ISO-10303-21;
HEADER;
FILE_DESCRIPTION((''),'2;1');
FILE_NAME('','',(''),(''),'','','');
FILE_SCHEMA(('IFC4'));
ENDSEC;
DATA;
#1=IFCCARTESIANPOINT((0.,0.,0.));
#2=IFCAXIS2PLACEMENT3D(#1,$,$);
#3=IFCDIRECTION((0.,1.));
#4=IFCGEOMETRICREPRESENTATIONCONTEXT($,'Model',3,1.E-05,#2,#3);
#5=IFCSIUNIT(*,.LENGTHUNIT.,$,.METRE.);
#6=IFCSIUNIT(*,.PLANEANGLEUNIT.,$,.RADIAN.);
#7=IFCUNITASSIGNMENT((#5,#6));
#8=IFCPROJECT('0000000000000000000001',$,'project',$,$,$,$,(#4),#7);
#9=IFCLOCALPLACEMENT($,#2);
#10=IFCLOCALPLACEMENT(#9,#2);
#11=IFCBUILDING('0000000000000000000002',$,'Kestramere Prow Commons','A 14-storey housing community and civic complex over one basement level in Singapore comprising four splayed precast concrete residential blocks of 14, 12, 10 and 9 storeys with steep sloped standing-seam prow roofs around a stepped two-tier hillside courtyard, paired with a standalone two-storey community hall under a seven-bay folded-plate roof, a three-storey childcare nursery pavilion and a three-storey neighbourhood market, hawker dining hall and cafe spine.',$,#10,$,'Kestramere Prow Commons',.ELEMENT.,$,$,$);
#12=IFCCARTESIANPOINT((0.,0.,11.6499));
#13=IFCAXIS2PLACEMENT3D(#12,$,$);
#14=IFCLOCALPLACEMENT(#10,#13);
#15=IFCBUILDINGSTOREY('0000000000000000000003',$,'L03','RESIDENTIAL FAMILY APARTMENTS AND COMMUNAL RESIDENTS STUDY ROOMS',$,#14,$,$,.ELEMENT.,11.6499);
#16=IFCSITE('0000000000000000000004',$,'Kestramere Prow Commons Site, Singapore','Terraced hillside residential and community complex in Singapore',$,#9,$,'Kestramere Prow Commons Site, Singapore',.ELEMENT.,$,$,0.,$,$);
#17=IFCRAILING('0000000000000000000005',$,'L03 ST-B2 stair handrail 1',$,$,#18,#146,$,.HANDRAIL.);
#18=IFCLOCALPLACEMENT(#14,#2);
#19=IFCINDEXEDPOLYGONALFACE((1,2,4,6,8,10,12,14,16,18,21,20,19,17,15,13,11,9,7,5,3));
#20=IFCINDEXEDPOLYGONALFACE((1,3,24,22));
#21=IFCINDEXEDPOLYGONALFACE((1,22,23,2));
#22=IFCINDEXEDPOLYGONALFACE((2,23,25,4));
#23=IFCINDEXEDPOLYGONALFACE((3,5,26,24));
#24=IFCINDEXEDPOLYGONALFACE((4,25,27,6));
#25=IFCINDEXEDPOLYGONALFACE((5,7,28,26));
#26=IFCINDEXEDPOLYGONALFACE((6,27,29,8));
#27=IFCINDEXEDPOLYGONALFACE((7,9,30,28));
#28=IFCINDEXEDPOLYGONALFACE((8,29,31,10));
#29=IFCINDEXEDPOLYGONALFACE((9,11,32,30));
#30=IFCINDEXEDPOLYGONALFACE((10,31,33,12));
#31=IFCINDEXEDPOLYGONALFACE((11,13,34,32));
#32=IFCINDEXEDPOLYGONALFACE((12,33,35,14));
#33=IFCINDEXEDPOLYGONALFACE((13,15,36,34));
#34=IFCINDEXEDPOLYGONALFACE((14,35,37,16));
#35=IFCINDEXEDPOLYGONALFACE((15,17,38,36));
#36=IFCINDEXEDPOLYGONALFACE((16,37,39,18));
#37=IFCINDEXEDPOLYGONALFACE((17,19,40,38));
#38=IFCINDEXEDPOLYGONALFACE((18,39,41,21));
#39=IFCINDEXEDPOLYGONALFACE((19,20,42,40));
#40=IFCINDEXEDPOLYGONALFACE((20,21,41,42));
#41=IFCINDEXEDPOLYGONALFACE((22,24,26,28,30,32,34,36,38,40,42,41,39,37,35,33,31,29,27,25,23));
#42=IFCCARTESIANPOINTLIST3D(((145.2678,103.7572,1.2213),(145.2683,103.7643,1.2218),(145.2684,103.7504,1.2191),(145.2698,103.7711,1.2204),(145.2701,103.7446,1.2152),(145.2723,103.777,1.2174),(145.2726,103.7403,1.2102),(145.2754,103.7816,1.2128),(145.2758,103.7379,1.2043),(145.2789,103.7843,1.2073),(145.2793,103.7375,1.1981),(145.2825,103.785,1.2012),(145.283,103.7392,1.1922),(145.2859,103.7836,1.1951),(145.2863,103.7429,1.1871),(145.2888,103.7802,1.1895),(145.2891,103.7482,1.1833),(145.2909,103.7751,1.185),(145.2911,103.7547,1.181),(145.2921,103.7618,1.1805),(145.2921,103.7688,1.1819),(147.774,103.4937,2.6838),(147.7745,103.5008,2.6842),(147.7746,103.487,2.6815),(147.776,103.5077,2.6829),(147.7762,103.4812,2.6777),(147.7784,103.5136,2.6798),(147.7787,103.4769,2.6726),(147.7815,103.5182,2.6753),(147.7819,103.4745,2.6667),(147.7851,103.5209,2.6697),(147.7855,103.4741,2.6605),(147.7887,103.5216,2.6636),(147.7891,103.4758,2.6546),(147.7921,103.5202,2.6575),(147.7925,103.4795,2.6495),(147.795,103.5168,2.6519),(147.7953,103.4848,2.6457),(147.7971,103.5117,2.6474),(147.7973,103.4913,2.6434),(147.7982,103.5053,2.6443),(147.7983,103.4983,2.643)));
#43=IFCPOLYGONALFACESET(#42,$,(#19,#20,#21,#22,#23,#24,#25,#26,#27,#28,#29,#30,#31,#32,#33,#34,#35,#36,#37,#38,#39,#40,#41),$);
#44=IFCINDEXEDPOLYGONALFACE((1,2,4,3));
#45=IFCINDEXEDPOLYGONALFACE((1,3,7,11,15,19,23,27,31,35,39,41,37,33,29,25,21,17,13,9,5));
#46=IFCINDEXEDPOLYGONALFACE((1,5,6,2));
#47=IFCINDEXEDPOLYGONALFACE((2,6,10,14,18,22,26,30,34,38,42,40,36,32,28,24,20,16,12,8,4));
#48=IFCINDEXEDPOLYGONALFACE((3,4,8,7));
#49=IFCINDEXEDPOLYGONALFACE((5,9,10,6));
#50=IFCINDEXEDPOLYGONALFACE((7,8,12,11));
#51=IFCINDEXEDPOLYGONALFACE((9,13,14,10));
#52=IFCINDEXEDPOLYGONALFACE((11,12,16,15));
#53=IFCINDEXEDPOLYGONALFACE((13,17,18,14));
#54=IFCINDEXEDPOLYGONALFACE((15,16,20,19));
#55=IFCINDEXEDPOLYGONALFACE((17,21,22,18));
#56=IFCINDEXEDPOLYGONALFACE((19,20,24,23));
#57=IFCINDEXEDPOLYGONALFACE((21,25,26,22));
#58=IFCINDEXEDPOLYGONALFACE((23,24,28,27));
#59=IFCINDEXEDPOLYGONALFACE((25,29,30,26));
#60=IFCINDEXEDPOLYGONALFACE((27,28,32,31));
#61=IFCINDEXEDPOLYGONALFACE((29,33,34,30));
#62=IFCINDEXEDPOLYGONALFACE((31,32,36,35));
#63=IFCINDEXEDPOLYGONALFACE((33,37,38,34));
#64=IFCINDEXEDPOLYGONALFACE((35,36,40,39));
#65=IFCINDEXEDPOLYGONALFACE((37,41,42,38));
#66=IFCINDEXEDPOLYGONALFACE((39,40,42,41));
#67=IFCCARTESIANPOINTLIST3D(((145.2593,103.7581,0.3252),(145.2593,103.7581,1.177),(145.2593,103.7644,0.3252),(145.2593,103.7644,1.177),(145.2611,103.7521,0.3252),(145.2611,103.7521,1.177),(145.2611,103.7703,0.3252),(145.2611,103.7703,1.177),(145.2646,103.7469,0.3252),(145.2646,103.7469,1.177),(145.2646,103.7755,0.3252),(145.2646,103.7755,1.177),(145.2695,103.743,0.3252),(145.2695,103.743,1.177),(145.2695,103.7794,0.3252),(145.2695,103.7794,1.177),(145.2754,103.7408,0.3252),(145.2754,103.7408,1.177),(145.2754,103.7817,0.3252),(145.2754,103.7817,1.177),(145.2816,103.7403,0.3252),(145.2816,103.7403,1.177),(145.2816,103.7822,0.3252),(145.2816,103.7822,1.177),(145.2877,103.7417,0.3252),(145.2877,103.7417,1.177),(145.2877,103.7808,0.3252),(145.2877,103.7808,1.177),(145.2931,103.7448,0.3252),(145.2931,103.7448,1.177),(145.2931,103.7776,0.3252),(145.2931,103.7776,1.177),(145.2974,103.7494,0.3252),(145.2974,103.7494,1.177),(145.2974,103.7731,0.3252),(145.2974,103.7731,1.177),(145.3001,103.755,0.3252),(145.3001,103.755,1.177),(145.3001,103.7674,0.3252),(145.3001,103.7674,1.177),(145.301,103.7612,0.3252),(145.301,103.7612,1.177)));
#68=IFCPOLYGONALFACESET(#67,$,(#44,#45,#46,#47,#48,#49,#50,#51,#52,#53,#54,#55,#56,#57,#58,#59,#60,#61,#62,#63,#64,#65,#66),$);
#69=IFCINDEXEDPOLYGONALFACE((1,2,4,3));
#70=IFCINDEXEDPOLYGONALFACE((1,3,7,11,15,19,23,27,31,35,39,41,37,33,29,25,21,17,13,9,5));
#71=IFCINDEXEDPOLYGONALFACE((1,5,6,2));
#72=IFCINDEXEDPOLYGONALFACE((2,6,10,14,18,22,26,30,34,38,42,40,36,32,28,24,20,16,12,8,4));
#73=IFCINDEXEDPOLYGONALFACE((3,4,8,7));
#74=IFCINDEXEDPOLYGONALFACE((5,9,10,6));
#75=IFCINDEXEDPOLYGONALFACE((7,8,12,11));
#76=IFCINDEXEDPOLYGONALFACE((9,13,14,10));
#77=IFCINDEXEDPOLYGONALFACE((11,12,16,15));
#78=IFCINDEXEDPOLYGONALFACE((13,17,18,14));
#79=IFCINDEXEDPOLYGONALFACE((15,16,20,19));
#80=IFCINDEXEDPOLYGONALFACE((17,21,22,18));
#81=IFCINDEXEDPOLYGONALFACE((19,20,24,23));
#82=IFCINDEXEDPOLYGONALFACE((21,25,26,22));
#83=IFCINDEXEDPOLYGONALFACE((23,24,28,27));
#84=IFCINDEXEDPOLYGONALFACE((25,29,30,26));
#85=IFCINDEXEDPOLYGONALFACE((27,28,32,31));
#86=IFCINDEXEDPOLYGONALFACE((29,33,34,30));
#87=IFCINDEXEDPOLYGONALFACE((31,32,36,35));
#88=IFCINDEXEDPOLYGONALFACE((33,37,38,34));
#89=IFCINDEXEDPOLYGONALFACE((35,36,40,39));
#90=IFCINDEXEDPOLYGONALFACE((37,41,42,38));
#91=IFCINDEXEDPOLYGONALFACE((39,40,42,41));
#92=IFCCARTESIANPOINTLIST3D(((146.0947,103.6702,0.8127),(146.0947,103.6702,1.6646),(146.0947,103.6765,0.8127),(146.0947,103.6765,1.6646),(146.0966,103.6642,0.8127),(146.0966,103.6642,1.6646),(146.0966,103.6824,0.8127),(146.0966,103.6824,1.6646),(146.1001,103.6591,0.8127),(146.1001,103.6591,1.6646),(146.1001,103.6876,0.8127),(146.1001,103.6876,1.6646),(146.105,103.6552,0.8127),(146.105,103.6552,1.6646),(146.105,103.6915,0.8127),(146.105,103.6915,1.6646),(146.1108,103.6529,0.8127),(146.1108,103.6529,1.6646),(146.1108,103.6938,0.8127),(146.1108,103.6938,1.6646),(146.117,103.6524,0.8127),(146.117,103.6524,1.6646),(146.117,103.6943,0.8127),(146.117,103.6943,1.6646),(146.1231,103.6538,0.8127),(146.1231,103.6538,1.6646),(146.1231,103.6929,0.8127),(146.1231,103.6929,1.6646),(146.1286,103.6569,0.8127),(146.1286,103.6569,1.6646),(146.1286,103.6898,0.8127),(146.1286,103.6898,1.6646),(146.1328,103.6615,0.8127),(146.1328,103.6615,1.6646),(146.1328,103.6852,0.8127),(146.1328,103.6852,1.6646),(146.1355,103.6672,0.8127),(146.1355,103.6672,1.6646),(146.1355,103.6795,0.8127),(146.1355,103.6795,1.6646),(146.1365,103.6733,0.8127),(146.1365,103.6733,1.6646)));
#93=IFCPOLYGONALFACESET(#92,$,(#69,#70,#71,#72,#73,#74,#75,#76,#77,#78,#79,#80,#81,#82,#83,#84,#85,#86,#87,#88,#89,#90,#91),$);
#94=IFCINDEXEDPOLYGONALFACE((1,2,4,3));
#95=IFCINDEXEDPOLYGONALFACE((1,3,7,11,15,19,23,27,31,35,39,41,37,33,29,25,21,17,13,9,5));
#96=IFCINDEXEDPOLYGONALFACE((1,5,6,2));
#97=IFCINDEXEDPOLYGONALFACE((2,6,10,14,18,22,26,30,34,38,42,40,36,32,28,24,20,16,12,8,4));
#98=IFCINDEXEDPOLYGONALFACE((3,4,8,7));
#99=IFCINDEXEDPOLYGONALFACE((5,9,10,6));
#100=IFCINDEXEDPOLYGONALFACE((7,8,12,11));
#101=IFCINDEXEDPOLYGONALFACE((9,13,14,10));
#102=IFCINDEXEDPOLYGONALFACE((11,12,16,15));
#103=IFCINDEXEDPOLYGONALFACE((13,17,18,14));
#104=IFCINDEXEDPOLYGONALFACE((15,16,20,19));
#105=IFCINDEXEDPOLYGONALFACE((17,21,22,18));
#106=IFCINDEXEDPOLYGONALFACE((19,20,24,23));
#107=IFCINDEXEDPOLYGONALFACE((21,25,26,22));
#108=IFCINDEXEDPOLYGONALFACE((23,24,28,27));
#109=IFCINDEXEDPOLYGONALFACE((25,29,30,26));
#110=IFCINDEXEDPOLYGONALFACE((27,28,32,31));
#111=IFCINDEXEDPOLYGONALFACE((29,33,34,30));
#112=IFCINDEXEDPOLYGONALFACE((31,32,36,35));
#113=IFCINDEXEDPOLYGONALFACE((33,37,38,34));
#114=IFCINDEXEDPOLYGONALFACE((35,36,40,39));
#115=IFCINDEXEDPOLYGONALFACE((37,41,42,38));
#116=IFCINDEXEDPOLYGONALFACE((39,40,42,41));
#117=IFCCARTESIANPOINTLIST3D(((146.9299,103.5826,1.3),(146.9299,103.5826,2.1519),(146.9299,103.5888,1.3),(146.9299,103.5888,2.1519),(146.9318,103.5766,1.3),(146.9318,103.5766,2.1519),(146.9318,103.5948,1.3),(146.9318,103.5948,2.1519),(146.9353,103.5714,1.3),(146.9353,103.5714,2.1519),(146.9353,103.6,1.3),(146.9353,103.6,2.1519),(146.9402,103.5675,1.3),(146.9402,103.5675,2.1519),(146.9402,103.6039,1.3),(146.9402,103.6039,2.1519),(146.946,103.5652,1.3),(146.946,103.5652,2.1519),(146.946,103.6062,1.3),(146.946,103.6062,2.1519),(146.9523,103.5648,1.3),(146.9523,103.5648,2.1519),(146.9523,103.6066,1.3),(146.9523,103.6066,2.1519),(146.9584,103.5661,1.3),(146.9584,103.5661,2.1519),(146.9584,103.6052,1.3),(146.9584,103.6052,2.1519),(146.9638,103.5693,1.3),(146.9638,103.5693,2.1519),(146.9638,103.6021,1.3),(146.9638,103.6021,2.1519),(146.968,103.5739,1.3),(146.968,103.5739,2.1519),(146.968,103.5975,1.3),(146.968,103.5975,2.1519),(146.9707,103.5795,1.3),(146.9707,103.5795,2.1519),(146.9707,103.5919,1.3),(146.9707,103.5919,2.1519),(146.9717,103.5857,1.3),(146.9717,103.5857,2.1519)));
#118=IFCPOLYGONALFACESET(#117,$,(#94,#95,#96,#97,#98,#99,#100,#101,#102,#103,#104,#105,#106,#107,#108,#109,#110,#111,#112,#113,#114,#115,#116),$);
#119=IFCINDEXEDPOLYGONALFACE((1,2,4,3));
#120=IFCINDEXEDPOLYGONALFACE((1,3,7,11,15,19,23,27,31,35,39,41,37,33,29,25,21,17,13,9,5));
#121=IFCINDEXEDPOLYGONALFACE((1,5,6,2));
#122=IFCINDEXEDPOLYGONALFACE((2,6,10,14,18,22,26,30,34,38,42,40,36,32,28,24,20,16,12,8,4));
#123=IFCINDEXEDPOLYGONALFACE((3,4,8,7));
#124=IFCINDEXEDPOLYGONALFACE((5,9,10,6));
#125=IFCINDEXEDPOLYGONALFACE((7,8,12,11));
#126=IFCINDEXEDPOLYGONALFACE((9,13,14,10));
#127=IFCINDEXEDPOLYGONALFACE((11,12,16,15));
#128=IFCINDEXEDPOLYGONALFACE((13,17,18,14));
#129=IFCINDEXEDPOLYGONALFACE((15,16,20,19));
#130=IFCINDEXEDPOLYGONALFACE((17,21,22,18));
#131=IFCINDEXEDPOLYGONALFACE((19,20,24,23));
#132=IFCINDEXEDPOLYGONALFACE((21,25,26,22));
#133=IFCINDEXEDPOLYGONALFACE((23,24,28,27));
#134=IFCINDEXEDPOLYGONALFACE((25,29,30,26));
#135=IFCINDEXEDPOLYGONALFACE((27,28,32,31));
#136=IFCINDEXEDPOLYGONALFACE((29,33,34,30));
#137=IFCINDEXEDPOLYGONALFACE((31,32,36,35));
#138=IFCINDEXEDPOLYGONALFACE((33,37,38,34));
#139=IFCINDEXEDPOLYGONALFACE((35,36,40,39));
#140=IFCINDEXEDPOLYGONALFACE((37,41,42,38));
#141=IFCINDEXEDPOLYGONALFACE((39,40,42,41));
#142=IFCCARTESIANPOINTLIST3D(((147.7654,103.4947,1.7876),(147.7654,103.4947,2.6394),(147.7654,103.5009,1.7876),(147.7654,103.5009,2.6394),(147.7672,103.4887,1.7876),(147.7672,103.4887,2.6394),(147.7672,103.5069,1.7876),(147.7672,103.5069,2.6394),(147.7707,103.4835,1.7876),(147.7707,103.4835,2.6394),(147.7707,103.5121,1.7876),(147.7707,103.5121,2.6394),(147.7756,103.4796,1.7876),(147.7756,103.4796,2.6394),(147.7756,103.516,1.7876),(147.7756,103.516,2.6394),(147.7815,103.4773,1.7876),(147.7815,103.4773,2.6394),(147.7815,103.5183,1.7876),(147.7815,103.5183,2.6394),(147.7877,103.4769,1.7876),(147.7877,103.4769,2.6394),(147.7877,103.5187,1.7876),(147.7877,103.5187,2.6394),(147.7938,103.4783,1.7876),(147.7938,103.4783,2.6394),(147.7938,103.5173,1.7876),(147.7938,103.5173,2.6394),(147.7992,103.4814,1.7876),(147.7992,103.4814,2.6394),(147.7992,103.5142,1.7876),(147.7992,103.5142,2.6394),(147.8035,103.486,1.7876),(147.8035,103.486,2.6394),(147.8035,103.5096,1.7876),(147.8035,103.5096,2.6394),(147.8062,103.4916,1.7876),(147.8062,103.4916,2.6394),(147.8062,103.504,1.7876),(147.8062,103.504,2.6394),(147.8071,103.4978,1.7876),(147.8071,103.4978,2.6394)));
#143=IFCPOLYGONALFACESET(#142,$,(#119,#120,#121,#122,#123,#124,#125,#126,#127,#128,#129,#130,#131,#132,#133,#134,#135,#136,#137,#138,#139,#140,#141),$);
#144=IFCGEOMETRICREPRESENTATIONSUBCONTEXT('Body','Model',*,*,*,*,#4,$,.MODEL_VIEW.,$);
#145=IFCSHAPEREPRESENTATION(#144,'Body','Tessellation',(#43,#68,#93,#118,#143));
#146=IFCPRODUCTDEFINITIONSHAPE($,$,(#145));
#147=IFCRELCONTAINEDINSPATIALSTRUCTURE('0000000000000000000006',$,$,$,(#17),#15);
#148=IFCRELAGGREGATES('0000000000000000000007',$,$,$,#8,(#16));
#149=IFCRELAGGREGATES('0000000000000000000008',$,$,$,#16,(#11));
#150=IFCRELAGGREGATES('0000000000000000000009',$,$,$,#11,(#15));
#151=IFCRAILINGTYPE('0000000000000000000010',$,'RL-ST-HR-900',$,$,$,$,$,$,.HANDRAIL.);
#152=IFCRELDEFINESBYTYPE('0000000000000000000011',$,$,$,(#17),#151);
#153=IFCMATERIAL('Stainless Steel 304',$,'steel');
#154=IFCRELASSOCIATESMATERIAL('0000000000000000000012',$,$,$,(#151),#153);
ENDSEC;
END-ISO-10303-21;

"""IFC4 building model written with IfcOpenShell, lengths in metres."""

from ifc_helpers import new_model, si_unit, direction, frame, origin, origin_2d, place, context, subcontext, project, spatial, circle, extrude, material, type_object, element, save


model = new_model("IFC4")

# Units and contexts
model_context = context("Model", 3, precision=1e-05, world=origin(), true_north=direction((0.0, 1.0)))
body_context = subcontext(model_context, "Body", "Model", "MODEL_VIEW")
ifc_project = project(units=[si_unit("LENGTHUNIT", "METRE"), si_unit("PLANEANGLEUNIT", "RADIAN")], contexts=[model_context])

# Site, building, storey
site_placement = place(None, origin())
site = spatial("IfcSite", under=ifc_project, at=site_placement, Name="Kestramere Prow Commons Site, Singapore", Description="Terraced hillside residential and community complex in Singapore", LongName="Kestramere Prow Commons Site, Singapore", CompositionType="ELEMENT", RefElevation=0.0)
building_placement = place(site_placement, origin())
building = spatial("IfcBuilding", under=site, at=building_placement, Name="Kestramere Prow Commons", Description="A 14-storey housing community and civic complex over one basement level in Singapore comprising four splayed precast concrete residential blocks of 14, 12, 10 and 9 storeys with steep sloped standing-seam prow roofs around a stepped two-tier hillside courtyard, paired with a standalone two-storey community hall under a seven-bay folded-plate roof, a three-storey childcare nursery pavilion and a three-storey neighbourhood market, hawker dining hall and cafe spine.", LongName="Kestramere Prow Commons", CompositionType="ELEMENT")
storey_placement = place(building_placement, frame((0.0, 0.0, 11.6499)))
storey = spatial("IfcBuildingStorey", under=building, at=storey_placement, Name="L03", Description="RESIDENTIAL FAMILY APARTMENTS AND COMMUNAL RESIDENTS STUDY ROOMS", CompositionType="ELEMENT", Elevation=11.6499)

# Railing
ifc_material_1 = material(Name="Stainless Steel 304", Category="steel")
railing_type_1 = type_object("IfcRailingType", Name="RL-ST-HR-900", PredefinedType="HANDRAIL", material=ifc_material_1)
railing_1_placement = place(storey_placement, frame((145.28, 103.7612, 0.3252)))
element("IfcRailing", 1, at=railing_1_placement, inside=storey, type_object=railing_type_1, Name="L03 ST-B2 stair handrail 1", PredefinedType="HANDRAIL", context=body_context, shape_type="SweptSolid", body=[
    extrude(circle(Radius=0.0239, at=origin_2d()), frame((0.0, 0.0, 0.876), z_axis=(0.860165, -0.090416, 0.501937), x_axis=(0.104539, 0.994521, 0.0)), (0.0, 0.0, 1.0), 2.9136),
    extrude(circle(Radius=0.021, at=origin_2d()), origin(), (0.0, 0.0, 1.0), 0.8518),
    extrude(circle(Radius=0.021, at=origin_2d()), frame((0.8354, -0.0879, 0.4875)), (0.0, 0.0, 1.0), 0.8518),
    extrude(circle(Radius=0.021, at=origin_2d()), frame((1.6707, -0.1755, 0.9749)), (0.0, 0.0, 1.0), 0.8518),
    extrude(circle(Radius=0.021, at=origin_2d()), frame((2.5061, -0.2634, 1.4624)), (0.0, 0.0, 1.0), 0.8518),
])

save(model, "model.ifc")
